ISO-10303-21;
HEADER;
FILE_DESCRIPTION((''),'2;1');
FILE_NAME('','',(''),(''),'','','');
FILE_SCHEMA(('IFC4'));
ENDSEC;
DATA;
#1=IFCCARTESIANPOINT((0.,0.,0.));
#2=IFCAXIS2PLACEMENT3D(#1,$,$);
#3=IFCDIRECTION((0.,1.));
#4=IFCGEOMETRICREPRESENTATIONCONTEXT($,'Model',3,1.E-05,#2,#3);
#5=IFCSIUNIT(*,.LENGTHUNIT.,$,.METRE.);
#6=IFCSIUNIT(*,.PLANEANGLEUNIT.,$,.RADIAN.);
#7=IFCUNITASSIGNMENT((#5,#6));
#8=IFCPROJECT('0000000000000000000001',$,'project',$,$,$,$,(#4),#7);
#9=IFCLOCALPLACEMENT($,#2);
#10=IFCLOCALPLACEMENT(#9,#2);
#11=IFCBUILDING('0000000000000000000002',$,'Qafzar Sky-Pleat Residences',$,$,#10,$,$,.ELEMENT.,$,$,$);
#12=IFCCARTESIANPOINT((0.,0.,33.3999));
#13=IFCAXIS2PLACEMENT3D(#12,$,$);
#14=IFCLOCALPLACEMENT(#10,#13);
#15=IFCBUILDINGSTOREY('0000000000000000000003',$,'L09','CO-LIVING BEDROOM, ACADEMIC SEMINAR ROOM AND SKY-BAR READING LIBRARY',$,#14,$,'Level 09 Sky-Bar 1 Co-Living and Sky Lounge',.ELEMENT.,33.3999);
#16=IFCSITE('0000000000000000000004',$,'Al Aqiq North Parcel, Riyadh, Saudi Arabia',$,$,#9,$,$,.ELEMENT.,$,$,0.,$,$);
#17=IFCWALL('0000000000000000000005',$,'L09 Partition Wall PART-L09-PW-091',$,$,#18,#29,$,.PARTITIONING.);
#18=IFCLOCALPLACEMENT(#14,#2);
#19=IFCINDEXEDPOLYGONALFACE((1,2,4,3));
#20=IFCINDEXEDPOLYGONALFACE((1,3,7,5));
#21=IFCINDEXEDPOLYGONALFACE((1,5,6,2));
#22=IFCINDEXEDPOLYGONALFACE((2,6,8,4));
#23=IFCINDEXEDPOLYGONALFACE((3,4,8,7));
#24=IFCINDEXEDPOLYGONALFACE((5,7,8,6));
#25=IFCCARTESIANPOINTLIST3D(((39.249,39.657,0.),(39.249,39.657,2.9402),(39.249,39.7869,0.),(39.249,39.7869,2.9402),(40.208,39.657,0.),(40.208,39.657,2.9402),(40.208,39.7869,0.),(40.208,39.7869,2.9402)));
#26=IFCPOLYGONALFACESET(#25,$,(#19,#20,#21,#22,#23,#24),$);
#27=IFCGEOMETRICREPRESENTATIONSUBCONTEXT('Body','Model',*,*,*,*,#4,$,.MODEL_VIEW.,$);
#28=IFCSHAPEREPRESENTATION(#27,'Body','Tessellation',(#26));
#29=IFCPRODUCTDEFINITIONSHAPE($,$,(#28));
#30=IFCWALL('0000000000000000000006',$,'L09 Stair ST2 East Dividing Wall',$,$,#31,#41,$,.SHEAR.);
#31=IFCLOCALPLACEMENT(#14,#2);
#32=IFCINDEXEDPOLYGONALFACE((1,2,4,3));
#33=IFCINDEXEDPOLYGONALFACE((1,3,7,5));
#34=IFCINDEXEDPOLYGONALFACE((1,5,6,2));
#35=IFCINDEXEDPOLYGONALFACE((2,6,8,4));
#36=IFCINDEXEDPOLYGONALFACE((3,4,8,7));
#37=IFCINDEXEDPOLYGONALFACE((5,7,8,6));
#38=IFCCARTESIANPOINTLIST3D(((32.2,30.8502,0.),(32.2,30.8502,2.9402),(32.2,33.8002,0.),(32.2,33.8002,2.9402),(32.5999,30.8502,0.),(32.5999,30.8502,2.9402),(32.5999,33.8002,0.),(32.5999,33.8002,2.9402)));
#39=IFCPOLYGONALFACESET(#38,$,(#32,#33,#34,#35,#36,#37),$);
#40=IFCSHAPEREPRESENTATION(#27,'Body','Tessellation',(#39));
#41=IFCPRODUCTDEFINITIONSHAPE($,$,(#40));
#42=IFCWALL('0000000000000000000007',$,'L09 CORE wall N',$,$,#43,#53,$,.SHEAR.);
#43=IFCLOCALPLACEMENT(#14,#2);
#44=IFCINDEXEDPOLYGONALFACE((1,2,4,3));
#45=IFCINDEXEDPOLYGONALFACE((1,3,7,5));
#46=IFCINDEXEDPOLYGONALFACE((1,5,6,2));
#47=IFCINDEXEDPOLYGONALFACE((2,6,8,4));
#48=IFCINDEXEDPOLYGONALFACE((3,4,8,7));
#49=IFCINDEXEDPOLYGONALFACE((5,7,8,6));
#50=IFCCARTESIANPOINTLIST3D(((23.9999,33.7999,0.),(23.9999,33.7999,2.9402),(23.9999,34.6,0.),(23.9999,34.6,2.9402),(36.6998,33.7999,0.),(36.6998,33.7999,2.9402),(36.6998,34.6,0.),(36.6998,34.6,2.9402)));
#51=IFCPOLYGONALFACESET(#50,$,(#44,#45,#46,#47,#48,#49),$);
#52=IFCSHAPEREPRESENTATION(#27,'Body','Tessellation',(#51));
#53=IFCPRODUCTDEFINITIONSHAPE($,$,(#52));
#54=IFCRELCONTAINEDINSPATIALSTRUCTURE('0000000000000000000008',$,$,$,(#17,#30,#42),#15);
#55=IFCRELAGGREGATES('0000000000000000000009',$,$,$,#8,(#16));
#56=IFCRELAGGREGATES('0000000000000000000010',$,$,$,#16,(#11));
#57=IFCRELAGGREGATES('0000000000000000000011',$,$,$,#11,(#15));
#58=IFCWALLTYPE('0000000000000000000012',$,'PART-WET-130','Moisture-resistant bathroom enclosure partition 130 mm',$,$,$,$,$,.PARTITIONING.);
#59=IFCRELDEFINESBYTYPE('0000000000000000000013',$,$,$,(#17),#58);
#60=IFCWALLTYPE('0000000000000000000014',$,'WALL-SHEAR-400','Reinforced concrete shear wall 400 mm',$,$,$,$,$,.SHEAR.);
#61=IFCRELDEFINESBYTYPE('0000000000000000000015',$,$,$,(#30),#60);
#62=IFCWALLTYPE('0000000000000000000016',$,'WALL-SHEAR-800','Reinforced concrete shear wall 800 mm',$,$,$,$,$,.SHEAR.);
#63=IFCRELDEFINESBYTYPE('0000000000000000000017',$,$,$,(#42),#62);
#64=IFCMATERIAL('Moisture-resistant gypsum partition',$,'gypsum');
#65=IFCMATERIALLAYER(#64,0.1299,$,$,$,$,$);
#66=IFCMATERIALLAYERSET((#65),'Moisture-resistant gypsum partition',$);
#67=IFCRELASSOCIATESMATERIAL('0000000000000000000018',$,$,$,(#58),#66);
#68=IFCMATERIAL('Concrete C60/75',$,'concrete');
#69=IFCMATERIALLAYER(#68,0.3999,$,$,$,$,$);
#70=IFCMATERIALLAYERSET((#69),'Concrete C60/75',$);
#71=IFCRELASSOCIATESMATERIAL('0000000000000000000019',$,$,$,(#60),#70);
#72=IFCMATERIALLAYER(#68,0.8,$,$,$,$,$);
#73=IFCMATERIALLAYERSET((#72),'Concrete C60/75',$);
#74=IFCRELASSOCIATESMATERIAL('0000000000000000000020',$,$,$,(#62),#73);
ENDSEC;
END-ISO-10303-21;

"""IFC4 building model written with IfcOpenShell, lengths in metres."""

from ifc_helpers import new_model, si_unit, direction, frame, frame_2d, origin, place, context, subcontext, project, spatial, rectangle, extrude, material, layer, layer_set, type_object, element, save


model = new_model("IFC4")

# Units and contexts
model_context = context("Model", 3, precision=1e-05, world=origin(), true_north=direction((0.0, 1.0)))
body_context = subcontext(model_context, "Body", "Model", "MODEL_VIEW")
ifc_project = project(units=[si_unit("LENGTHUNIT", "METRE"), si_unit("PLANEANGLEUNIT", "RADIAN")], contexts=[model_context])

# Site, building, storey
site_placement = place(None, origin())
site = spatial("IfcSite", under=ifc_project, at=site_placement, Name="Al Aqiq North Parcel, Riyadh, Saudi Arabia", CompositionType="ELEMENT", RefElevation=0.0)
building_placement = place(site_placement, origin())
building = spatial("IfcBuilding", under=site, at=building_placement, Name="Qafzar Sky-Pleat Residences", CompositionType="ELEMENT")
storey_placement = place(building_placement, frame((0.0, 0.0, 33.3999)))
storey = spatial("IfcBuildingStorey", under=building, at=storey_placement, Name="L09", Description="CO-LIVING BEDROOM, ACADEMIC SEMINAR ROOM AND SKY-BAR READING LIBRARY", LongName="Level 09 Sky-Bar 1 Co-Living and Sky Lounge", CompositionType="ELEMENT", Elevation=33.3999)

# Shared definitions
ifc_material_1 = material(Name="Moisture-resistant gypsum partition", Category="gypsum")
ifc_layer_1 = layer(ifc_material_1, 0.1299)
ifc_layer_set_1 = layer_set([ifc_layer_1], Name="Moisture-resistant gypsum partition")
wall_type_1 = type_object("IfcWallType", Name="PART-WET-130", Description="Moisture-resistant bathroom enclosure partition 130 mm", PredefinedType="PARTITIONING", material=ifc_layer_set_1)

# Walls
wall_1_placement = place(storey_placement, frame((39.249, 39.7219, 0.0), z_axis=(0.0, 0.0, 1.0), x_axis=(1.0, 0.0, 0.0)))
element("IfcWall", 1, at=wall_1_placement, inside=storey, type_object=wall_type_1, Name="L09 Partition Wall PART-L09-PW-091", PredefinedType="PARTITIONING", context=body_context, shape_type="SweptSolid", body=[
    extrude(rectangle(XDim=0.959, YDim=0.1299, at=frame_2d((0.4795, 0.0))), origin(), (0.0, 0.0, 1.0), 2.9402),
])
ifc_material_2 = material(Name="Concrete C60/75", Category="concrete")
ifc_layer_2 = layer(ifc_material_2, 0.3999)
ifc_layer_set_2 = layer_set([ifc_layer_2], Name="Concrete C60/75")
wall_type_2 = type_object("IfcWallType", Name="WALL-SHEAR-400", Description="Reinforced concrete shear wall 400 mm", PredefinedType="SHEAR", material=ifc_layer_set_2)
wall_2_placement = place(storey_placement, frame((32.3999, 30.8501, 0.0), z_axis=(0.0, 0.0, 1.0), x_axis=(0.0, 1.0, 0.0)))
element("IfcWall", 2, at=wall_2_placement, inside=storey, type_object=wall_type_2, Name="L09 Stair ST2 East Dividing Wall", PredefinedType="SHEAR", context=body_context, shape_type="SweptSolid", body=[
    extrude(rectangle(XDim=2.95, YDim=0.3999, at=frame_2d((1.4751, 0.0))), origin(), (0.0, 0.0, 1.0), 2.9402),
])
ifc_layer_3 = layer(ifc_material_2, 0.8)
ifc_layer_set_3 = layer_set([ifc_layer_3], Name="Concrete C60/75")
wall_type_3 = type_object("IfcWallType", Name="WALL-SHEAR-800", Description="Reinforced concrete shear wall 800 mm", PredefinedType="SHEAR", material=ifc_layer_set_3)
wall_3_placement = place(storey_placement, frame((36.7, 34.2, 0.0), z_axis=(0.0, 0.0, 1.0), x_axis=(-1.0, 0.0, 0.0)))
element("IfcWall", 3, at=wall_3_placement, inside=storey, type_object=wall_type_3, Name="L09 CORE wall N", PredefinedType="SHEAR", context=body_context, shape_type="SweptSolid", body=[
    extrude(rectangle(XDim=12.7, YDim=0.8, at=frame_2d((6.3501, 0.0))), origin(), (0.0, 0.0, 1.0), 2.9402),
])

save(model, "model.ifc")
